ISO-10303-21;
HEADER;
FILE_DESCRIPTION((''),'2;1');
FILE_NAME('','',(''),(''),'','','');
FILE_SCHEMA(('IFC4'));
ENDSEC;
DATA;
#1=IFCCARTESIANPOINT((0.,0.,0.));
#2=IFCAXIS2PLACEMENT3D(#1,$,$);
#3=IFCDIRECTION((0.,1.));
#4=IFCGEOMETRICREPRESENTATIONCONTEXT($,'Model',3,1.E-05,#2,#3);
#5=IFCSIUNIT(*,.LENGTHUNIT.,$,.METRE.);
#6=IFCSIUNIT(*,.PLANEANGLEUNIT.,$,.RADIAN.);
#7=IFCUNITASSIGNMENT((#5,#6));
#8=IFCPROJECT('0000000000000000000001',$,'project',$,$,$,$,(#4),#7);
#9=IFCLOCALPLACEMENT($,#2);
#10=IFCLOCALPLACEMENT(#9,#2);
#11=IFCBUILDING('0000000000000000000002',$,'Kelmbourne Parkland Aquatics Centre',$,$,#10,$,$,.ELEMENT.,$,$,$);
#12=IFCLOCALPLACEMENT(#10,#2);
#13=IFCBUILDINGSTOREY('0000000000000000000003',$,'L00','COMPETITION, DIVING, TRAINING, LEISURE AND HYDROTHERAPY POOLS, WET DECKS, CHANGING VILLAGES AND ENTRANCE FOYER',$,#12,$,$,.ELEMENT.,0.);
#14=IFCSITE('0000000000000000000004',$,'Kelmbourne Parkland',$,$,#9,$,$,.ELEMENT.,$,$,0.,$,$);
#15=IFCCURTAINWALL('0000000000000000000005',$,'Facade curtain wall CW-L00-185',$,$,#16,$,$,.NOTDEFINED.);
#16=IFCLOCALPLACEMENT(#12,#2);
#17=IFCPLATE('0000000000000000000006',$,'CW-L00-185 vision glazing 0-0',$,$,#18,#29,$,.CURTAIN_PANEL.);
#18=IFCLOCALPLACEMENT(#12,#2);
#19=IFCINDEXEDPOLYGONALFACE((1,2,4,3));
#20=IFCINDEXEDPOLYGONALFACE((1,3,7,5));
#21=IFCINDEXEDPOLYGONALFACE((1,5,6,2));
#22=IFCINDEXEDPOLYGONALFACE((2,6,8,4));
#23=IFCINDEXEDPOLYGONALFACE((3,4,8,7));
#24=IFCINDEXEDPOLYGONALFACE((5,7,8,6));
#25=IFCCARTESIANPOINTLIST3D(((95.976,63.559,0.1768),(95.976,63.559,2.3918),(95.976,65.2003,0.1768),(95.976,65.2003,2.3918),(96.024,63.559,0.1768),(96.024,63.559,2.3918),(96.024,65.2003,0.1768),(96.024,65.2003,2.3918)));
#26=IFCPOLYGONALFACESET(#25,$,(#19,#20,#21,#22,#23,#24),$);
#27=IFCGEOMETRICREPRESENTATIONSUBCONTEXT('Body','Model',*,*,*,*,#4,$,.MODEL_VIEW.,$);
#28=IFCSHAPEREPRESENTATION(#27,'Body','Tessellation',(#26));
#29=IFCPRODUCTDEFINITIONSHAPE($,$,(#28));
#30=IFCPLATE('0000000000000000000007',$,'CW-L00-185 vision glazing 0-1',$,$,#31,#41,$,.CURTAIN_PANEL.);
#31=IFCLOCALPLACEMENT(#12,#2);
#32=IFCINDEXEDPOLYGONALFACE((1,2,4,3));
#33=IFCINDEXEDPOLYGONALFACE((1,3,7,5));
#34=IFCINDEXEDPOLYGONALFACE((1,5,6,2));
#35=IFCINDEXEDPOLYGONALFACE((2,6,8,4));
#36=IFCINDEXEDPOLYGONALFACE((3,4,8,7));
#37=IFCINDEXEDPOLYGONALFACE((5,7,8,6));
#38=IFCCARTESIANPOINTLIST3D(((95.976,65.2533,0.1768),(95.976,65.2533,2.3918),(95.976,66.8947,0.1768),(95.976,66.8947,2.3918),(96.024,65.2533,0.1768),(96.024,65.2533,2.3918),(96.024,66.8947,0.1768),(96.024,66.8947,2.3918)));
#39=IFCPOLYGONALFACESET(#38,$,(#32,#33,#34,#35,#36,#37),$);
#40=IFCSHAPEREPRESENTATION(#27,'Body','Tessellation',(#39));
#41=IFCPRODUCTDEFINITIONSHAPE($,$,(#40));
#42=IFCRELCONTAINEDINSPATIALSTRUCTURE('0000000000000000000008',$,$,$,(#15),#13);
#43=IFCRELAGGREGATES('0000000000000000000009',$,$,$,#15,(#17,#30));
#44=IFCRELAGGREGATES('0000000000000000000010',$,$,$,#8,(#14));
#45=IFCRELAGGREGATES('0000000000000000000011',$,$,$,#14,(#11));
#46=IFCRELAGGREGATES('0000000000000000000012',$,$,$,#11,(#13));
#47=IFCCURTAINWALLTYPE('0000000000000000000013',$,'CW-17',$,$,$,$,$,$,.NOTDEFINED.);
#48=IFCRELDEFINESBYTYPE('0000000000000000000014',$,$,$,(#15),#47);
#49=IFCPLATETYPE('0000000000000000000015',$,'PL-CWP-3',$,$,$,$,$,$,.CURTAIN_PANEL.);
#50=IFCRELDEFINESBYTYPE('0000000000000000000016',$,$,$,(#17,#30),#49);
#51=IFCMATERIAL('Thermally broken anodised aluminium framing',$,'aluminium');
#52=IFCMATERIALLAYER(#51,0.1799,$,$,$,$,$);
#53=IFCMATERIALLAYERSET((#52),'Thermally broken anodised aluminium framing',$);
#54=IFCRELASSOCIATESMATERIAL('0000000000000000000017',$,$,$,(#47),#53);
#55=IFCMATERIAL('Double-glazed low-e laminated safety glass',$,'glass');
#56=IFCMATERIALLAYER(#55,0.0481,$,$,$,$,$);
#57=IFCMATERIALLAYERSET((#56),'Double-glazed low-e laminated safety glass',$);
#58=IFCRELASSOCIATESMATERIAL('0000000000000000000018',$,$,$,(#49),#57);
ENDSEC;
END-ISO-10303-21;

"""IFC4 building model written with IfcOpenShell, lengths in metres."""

from ifc_helpers import new_model, si_unit, direction, frame, origin, origin_2d, place, context, subcontext, project, spatial, rectangle, extrude, material, layer, layer_set, type_object, element, aggregate, save


model = new_model("IFC4")

# Units and contexts
model_context = context("Model", 3, precision=1e-05, world=origin(), true_north=direction((0.0, 1.0)))
body_context = subcontext(model_context, "Body", "Model", "MODEL_VIEW")
ifc_project = project(units=[si_unit("LENGTHUNIT", "METRE"), si_unit("PLANEANGLEUNIT", "RADIAN")], contexts=[model_context])

# Site, building, storey
site_placement = place(None, origin())
site = spatial("IfcSite", under=ifc_project, at=site_placement, Name="Kelmbourne Parkland", CompositionType="ELEMENT", RefElevation=0.0)
building_placement = place(site_placement, origin())
building = spatial("IfcBuilding", under=site, at=building_placement, Name="Kelmbourne Parkland Aquatics Centre", CompositionType="ELEMENT")
storey_placement = place(building_placement, origin())
storey = spatial("IfcBuildingStorey", under=building, at=storey_placement, Name="L00", Description="COMPETITION, DIVING, TRAINING, LEISURE AND HYDROTHERAPY POOLS, WET DECKS, CHANGING VILLAGES AND ENTRANCE FOYER", CompositionType="ELEMENT", Elevation=0.0)

# Curtain wall
ifc_material_1 = material(Name="Thermally broken anodised aluminium framing", Category="aluminium")
ifc_layer_1 = layer(ifc_material_1, 0.1799)
ifc_layer_set_1 = layer_set([ifc_layer_1], Name="Thermally broken anodised aluminium framing")
curtain_wall_type_1 = type_object("IfcCurtainWallType", Name="CW-17", PredefinedType="NOTDEFINED", material=ifc_layer_set_1)
curtain_wall_1_placement = place(storey_placement, origin())
curtain_wall_1 = element("IfcCurtainWall", 1, at=curtain_wall_1_placement, inside=storey, type_object=curtain_wall_type_1, Name="Facade curtain wall CW-L00-185", PredefinedType="NOTDEFINED")

# Plates
ifc_material_2 = material(Name="Double-glazed low-e laminated safety glass", Category="glass")
ifc_layer_2 = layer(ifc_material_2, 0.0481)
ifc_layer_set_2 = layer_set([ifc_layer_2], Name="Double-glazed low-e laminated safety glass")
plate_type_1 = type_object("IfcPlateType", Name="PL-CWP-3", PredefinedType="CURTAIN_PANEL", material=ifc_layer_set_2)
plate_1_placement = place(storey_placement, frame((96.0, 64.3796, 0.1768), z_axis=(0.0, 0.0, 1.0), x_axis=(0.0, 1.0, 0.0)))
plate_1 = element("IfcPlate", 2, at=plate_1_placement, type_object=plate_type_1, Name="CW-L00-185 vision glazing 0-0", PredefinedType="CURTAIN_PANEL", context=body_context, shape_type="SweptSolid", body=[
    extrude(rectangle(XDim=1.6414, YDim=0.0481, at=origin_2d()), origin(), (0.0, 0.0, 1.0), 2.2151),
])
plate_2_placement = place(storey_placement, frame((96.0, 66.074, 0.1768), z_axis=(0.0, 0.0, 1.0), x_axis=(0.0, 1.0, 0.0)))
plate_2 = element("IfcPlate", 3, at=plate_2_placement, type_object=plate_type_1, Name="CW-L00-185 vision glazing 0-1", PredefinedType="CURTAIN_PANEL", context=body_context, shape_type="SweptSolid", body=[
    extrude(rectangle(XDim=1.6414, YDim=0.0481, at=origin_2d()), origin(), (0.0, 0.0, 1.0), 2.2151),
])
aggregate(curtain_wall_1, [plate_1, plate_2])

save(model, "model.ifc")
